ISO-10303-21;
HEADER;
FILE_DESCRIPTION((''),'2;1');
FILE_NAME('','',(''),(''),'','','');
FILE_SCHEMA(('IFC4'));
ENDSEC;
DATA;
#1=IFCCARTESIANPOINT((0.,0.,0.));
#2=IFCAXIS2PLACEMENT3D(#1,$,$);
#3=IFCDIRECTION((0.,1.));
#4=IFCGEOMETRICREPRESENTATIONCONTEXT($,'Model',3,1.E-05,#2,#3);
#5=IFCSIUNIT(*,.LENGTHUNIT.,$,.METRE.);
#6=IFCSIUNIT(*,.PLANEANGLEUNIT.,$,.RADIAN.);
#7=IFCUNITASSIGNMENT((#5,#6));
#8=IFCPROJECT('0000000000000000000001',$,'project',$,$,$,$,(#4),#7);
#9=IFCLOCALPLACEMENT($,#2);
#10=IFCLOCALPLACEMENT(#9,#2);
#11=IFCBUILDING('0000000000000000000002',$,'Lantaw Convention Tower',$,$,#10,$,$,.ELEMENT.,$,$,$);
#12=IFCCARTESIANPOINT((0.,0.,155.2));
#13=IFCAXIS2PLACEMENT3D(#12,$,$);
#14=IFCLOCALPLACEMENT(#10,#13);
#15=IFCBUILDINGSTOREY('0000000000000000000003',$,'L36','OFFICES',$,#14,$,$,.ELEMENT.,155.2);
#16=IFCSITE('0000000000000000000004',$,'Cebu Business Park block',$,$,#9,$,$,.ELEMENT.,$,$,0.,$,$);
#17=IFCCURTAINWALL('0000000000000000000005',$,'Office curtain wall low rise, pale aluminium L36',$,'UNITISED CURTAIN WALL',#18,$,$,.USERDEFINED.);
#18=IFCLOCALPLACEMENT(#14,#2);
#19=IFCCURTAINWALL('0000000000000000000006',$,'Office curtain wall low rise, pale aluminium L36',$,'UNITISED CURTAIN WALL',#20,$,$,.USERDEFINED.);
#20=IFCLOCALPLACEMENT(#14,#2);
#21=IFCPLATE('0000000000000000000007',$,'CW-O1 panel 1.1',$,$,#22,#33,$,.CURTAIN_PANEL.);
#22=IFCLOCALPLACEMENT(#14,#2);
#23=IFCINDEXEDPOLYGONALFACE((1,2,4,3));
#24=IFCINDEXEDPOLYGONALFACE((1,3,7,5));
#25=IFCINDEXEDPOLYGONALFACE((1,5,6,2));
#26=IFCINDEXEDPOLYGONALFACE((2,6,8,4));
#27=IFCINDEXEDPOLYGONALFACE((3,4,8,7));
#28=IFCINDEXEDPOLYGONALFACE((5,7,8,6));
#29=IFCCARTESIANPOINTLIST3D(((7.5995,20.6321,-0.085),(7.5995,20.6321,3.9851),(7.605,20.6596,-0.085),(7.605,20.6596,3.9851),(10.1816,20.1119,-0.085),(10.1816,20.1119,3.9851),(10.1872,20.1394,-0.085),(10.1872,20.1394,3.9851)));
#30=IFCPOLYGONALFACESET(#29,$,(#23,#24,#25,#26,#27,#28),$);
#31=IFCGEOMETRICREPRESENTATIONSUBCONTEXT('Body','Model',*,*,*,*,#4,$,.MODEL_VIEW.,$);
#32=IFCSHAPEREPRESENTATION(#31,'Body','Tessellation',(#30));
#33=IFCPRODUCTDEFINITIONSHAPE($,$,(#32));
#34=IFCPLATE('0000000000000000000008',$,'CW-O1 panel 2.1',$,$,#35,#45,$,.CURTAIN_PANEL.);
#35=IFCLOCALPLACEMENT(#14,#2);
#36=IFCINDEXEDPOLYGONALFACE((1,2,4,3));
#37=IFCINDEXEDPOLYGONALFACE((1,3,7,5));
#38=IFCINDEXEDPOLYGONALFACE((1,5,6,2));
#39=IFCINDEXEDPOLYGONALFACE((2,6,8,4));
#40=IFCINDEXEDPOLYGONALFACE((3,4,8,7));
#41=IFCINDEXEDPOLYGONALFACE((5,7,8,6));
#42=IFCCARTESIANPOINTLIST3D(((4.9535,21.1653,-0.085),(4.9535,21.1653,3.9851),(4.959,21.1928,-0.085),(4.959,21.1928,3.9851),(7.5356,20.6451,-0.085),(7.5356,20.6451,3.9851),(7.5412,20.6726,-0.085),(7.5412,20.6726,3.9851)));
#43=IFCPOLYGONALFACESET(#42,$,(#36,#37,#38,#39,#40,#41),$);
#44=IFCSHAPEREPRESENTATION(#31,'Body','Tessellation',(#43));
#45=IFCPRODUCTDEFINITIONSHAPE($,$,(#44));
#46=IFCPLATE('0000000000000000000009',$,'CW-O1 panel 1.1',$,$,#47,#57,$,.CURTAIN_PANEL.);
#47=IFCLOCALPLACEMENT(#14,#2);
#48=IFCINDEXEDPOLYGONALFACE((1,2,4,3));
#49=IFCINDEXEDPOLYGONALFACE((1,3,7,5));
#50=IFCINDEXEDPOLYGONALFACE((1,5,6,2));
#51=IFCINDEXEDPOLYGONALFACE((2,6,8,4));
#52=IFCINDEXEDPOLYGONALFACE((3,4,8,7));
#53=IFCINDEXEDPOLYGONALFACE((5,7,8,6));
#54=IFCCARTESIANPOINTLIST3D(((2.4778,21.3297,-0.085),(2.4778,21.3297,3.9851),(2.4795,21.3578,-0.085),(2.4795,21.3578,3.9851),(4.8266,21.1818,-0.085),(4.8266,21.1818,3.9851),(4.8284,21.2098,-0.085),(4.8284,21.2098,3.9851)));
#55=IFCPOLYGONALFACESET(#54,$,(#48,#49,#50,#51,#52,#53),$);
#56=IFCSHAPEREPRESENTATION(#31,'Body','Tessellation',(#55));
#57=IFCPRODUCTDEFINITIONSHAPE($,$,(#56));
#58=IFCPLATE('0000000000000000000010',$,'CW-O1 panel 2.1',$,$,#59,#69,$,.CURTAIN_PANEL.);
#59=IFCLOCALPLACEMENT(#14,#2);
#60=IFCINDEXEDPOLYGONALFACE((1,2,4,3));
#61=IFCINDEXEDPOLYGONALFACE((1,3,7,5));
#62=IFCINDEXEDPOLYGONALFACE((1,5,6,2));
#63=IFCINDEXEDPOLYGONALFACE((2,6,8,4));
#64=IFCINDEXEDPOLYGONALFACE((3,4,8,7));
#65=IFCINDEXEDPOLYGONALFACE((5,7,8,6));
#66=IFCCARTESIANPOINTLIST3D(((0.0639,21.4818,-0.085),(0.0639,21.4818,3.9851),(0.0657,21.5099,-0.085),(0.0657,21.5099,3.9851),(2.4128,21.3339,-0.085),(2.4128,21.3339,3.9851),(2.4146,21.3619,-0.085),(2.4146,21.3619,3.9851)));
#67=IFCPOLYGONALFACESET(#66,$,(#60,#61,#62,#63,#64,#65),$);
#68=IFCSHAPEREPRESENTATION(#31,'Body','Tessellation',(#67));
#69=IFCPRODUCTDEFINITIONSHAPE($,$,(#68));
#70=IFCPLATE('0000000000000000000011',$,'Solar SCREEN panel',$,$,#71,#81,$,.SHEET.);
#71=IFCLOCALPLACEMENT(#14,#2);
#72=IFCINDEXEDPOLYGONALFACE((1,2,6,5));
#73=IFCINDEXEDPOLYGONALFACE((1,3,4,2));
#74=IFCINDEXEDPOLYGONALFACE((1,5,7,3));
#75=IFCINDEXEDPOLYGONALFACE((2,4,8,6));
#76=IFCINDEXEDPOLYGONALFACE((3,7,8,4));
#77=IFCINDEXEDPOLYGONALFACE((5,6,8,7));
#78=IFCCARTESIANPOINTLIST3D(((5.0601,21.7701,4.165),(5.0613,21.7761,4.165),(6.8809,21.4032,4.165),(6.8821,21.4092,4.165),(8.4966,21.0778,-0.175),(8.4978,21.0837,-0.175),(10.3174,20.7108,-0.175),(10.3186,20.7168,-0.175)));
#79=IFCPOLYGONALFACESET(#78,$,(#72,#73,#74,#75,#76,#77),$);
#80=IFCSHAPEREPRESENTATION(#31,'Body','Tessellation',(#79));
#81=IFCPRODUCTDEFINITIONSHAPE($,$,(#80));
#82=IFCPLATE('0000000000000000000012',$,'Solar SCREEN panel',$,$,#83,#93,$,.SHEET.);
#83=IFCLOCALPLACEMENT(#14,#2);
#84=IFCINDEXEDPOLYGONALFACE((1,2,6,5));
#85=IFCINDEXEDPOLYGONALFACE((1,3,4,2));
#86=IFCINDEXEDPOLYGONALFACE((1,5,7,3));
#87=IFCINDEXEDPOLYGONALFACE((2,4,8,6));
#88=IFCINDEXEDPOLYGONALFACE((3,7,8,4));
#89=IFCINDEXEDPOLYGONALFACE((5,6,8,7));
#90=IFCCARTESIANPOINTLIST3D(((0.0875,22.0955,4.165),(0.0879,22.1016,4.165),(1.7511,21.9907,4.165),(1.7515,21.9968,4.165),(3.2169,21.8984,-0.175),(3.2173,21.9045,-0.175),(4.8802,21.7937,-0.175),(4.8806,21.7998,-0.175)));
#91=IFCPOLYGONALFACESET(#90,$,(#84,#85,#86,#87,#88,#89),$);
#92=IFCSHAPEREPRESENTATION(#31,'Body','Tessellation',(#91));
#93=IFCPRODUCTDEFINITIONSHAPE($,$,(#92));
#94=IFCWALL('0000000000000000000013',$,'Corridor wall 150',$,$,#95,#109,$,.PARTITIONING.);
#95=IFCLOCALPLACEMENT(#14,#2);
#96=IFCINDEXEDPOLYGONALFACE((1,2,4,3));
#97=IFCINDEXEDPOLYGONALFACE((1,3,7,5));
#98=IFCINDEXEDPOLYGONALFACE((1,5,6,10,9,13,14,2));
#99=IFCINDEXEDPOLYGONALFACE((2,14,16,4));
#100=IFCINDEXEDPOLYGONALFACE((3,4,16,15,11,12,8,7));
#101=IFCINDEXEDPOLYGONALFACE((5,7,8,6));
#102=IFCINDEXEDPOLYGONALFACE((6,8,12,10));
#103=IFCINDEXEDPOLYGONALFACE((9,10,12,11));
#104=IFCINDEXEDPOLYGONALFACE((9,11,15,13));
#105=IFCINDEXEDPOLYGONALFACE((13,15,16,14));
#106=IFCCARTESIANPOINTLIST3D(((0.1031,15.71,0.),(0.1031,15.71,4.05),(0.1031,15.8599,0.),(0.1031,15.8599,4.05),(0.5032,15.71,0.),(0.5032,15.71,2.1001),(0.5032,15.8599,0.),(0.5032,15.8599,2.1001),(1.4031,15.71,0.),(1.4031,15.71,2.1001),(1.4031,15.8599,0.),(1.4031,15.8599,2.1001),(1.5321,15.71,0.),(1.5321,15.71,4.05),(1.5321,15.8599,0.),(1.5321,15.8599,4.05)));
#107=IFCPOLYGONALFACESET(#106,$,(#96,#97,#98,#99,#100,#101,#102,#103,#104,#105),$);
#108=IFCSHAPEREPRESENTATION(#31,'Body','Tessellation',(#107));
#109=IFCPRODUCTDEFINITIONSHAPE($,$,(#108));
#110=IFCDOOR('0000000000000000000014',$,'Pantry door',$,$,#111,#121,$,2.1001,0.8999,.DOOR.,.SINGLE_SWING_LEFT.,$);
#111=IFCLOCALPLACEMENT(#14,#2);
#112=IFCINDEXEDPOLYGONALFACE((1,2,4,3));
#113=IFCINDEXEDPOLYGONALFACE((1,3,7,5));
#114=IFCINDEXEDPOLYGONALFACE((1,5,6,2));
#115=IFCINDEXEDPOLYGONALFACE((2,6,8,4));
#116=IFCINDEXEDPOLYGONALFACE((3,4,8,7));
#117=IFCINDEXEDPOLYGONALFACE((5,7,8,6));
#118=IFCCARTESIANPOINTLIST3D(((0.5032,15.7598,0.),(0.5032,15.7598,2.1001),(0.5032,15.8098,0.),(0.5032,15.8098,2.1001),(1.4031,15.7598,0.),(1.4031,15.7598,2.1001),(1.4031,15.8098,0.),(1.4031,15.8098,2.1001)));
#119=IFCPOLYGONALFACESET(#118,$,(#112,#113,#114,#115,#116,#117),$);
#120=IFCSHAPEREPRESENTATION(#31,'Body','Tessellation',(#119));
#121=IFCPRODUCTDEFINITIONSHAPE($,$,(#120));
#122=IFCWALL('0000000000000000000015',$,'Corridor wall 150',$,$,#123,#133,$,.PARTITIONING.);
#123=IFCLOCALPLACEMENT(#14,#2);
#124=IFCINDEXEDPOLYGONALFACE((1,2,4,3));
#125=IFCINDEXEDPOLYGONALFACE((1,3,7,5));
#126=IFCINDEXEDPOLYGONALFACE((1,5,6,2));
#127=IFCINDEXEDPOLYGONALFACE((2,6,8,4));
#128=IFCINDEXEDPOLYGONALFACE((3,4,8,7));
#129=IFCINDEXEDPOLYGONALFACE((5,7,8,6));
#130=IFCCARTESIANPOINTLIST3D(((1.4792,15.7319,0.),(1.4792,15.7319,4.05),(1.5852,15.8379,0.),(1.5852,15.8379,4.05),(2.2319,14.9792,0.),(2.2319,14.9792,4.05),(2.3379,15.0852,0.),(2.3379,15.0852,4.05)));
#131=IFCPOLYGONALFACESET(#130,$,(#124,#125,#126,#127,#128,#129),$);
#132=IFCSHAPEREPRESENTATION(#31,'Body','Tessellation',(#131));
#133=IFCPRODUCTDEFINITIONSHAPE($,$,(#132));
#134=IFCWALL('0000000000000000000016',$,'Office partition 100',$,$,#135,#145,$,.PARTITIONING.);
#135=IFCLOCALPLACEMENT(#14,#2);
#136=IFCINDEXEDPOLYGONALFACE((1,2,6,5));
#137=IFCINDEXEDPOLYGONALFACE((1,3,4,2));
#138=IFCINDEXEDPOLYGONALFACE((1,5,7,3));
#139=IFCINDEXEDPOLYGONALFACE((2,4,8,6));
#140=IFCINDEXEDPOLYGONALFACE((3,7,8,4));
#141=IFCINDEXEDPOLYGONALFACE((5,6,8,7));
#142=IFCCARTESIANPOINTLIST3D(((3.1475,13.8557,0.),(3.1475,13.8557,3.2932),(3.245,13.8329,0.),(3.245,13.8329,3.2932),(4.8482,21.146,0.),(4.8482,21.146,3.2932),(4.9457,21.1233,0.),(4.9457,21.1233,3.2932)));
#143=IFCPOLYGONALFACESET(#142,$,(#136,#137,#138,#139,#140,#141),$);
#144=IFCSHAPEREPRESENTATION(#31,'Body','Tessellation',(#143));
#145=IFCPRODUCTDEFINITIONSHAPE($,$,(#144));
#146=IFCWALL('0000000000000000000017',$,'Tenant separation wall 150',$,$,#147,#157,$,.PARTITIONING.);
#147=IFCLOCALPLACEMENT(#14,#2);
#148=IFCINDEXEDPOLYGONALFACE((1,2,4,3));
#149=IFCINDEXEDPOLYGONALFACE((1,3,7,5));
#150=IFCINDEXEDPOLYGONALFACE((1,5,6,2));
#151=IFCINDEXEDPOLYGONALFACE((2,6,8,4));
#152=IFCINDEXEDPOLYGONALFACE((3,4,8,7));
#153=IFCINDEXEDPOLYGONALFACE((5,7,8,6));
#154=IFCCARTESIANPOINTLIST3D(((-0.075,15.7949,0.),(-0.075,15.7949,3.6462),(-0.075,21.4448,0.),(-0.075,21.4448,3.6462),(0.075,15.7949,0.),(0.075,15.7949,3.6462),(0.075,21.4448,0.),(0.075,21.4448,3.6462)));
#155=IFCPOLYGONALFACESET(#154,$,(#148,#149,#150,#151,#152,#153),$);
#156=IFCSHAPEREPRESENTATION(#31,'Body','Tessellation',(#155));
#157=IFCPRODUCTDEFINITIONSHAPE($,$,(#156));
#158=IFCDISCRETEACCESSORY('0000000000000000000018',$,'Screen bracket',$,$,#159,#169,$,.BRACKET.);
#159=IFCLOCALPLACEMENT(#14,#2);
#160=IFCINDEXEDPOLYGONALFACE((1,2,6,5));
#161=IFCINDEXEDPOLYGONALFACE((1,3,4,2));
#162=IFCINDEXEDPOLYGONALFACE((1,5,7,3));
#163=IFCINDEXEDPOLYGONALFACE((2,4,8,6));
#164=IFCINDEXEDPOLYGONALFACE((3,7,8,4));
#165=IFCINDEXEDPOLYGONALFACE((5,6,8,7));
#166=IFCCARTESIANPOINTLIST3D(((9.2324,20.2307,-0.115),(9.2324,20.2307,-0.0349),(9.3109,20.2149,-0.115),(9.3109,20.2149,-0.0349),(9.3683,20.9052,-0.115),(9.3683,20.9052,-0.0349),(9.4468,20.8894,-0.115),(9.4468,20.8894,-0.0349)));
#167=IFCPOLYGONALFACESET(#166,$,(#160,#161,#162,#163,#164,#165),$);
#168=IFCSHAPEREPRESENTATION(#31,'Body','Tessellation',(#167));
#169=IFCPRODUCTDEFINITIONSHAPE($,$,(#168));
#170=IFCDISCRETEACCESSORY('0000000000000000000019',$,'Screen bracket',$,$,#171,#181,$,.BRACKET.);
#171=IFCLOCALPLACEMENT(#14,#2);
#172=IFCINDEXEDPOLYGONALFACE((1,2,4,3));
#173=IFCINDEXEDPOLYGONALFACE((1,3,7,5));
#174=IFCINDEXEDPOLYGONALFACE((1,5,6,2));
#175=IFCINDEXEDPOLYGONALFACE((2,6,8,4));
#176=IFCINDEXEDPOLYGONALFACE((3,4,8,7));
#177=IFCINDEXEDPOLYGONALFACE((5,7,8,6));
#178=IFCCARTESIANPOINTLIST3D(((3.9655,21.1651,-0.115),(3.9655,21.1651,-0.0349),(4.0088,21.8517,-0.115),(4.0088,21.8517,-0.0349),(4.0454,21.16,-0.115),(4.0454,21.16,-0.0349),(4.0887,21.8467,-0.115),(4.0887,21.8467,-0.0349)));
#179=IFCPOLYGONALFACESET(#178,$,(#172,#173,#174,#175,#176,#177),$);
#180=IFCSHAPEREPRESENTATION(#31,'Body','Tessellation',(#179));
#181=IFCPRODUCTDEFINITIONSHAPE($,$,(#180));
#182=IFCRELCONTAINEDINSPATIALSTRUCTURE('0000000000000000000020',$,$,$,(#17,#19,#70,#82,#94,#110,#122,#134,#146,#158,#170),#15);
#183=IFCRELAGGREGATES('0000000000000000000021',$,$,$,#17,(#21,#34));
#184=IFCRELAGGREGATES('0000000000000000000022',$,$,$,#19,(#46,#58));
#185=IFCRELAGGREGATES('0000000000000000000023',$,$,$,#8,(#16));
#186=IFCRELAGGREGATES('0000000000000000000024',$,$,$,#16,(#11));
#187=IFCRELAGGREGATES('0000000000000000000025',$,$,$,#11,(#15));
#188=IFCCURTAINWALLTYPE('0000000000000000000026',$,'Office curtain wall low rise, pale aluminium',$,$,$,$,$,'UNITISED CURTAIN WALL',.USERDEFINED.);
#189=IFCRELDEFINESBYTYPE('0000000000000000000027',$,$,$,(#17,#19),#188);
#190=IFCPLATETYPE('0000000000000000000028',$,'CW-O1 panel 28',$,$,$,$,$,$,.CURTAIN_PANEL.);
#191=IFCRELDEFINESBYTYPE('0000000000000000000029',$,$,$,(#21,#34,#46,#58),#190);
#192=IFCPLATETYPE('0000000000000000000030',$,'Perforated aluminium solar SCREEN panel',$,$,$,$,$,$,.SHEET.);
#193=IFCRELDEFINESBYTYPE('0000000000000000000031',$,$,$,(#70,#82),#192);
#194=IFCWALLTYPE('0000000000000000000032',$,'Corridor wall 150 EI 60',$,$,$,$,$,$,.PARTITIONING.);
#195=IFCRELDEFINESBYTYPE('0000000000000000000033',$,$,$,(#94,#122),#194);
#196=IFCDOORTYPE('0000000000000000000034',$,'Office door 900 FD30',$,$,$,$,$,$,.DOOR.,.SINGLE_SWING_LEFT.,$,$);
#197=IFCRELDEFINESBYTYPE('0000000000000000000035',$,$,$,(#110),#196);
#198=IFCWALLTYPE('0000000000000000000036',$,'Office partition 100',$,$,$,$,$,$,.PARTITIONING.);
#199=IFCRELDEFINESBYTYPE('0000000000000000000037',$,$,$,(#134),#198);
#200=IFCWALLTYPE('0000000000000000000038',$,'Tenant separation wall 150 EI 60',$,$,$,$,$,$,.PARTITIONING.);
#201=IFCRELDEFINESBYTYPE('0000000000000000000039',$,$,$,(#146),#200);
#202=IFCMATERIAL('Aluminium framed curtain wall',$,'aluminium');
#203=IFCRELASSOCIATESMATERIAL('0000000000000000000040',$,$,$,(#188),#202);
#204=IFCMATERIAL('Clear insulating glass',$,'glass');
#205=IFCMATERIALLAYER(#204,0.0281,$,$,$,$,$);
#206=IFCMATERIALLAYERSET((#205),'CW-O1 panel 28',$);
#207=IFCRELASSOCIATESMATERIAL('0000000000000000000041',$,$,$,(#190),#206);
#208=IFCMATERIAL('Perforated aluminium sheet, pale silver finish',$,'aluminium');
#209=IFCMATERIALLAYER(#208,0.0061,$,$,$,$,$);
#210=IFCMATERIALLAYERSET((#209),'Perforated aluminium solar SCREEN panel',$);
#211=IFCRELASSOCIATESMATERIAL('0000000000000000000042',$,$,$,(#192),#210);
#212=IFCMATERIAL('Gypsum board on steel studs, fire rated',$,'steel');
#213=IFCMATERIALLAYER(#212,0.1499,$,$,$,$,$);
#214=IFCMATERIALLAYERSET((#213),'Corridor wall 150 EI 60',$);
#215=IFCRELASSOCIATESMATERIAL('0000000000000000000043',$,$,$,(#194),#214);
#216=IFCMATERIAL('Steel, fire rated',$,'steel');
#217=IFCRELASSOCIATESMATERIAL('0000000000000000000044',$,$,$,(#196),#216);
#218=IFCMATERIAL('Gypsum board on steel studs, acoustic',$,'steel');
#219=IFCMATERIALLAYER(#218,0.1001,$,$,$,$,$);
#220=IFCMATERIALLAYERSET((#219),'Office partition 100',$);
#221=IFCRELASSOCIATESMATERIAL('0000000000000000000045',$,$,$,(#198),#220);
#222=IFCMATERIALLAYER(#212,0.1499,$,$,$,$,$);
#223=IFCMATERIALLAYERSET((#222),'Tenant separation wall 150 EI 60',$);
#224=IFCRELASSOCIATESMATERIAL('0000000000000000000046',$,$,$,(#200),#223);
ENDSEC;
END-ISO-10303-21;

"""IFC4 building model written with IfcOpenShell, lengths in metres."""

from ifc_helpers import new_model, si_unit, direction, frame, frame_2d, origin, origin_2d, place, context, subcontext, project, spatial, polyline, rectangle, outline, extrude, material, layer, layer_set, type_object, element, fill, aggregate, save


model = new_model("IFC4")

# Units and contexts
model_context = context("Model", 3, precision=1e-05, world=origin(), true_north=direction((0.0, 1.0)))
body_context = subcontext(model_context, "Body", "Model", "MODEL_VIEW")
ifc_project = project(units=[si_unit("LENGTHUNIT", "METRE"), si_unit("PLANEANGLEUNIT", "RADIAN")], contexts=[model_context])

# Site, building, storey
site_placement = place(None, origin())
site = spatial("IfcSite", under=ifc_project, at=site_placement, Name="Cebu Business Park block", CompositionType="ELEMENT", RefElevation=0.0)
building_placement = place(site_placement, origin())
building = spatial("IfcBuilding", under=site, at=building_placement, Name="Lantaw Convention Tower", CompositionType="ELEMENT")
storey_placement = place(building_placement, frame((0.0, 0.0, 155.2)))
storey = spatial("IfcBuildingStorey", under=building, at=storey_placement, Name="L36", Description="OFFICES", CompositionType="ELEMENT", Elevation=155.2)

# Shared definitions
ifc_material_1 = material(Name="Aluminium framed curtain wall", Category="aluminium")
curtain_wall_type = type_object("IfcCurtainWallType", Name="Office curtain wall low rise, pale aluminium", ElementType="UNITISED CURTAIN WALL", PredefinedType="USERDEFINED", material=ifc_material_1)

# Curtain walls
curtain_wall_1_placement = place(storey_placement, origin())
curtain_wall_1 = element("IfcCurtainWall", 1, at=curtain_wall_1_placement, inside=storey, type_object=curtain_wall_type, Name="Office curtain wall low rise, pale aluminium L36", ObjectType="UNITISED CURTAIN WALL", PredefinedType="USERDEFINED")
curtain_wall_2_placement = place(storey_placement, origin())
curtain_wall_2 = element("IfcCurtainWall", 2, at=curtain_wall_2_placement, inside=storey, type_object=curtain_wall_type, Name="Office curtain wall low rise, pale aluminium L36", ObjectType="UNITISED CURTAIN WALL", PredefinedType="USERDEFINED")

# Plates
ifc_material_2 = material(Name="Clear insulating glass", Category="glass")
ifc_layer_1 = layer(ifc_material_2, 0.0281)
ifc_layer_set_1 = layer_set([ifc_layer_1], Name="CW-O1 panel 28")
plate_type_1 = type_object("IfcPlateType", Name="CW-O1 panel 28", PredefinedType="CURTAIN_PANEL", material=ifc_layer_set_1)
plate_1_placement = place(storey_placement, frame((8.8933, 20.3857, -0.085), z_axis=(0.0, 0.0, 1.0), x_axis=(-0.980302, 0.197507, 0.0)))
plate_1 = element("IfcPlate", 3, at=plate_1_placement, type_object=plate_type_1, Name="CW-O1 panel 1.1", PredefinedType="CURTAIN_PANEL", context=body_context, shape_type="SweptSolid", body=[
    extrude(rectangle(XDim=2.634, YDim=0.0281, at=origin_2d()), origin(), (0.0, 0.0, 1.0), 4.0701),
])
plate_2_placement = place(storey_placement, frame((6.2473, 20.9189, -0.085), z_axis=(0.0, 0.0, 1.0), x_axis=(-0.980302, 0.197507, 0.0)))
plate_2 = element("IfcPlate", 4, at=plate_2_placement, type_object=plate_type_1, Name="CW-O1 panel 2.1", PredefinedType="CURTAIN_PANEL", context=body_context, shape_type="SweptSolid", body=[
    extrude(rectangle(XDim=2.634, YDim=0.0281, at=origin_2d()), origin(), (0.0, 0.0, 1.0), 4.0701),
])
aggregate(curtain_wall_1, [plate_1, plate_2])
plate_3_placement = place(storey_placement, frame((3.6531, 21.2698, -0.085), z_axis=(0.0, 0.0, 1.0), x_axis=(-0.998022, 0.062865, 0.0)))
plate_3 = element("IfcPlate", 5, at=plate_3_placement, type_object=plate_type_1, Name="CW-O1 panel 1.1", PredefinedType="CURTAIN_PANEL", context=body_context, shape_type="SweptSolid", body=[
    extrude(rectangle(XDim=2.3535, YDim=0.0281, at=origin_2d()), origin(), (0.0, 0.0, 1.0), 4.0701),
])
plate_4_placement = place(storey_placement, frame((1.2393, 21.4219, -0.085), z_axis=(0.0, 0.0, 1.0), x_axis=(-0.998022, 0.062865, 0.0)))
plate_4 = element("IfcPlate", 6, at=plate_4_placement, type_object=plate_type_1, Name="CW-O1 panel 2.1", PredefinedType="CURTAIN_PANEL", context=body_context, shape_type="SweptSolid", body=[
    extrude(rectangle(XDim=2.3535, YDim=0.0281, at=origin_2d()), origin(), (0.0, 0.0, 1.0), 4.0701),
])
aggregate(curtain_wall_2, [plate_3, plate_4])

# Plates
ifc_material_3 = material(Name="Perforated aluminium sheet, pale silver finish", Category="aluminium")
ifc_layer_2 = layer(ifc_material_3, 0.0061)
ifc_layer_set_2 = layer_set([ifc_layer_2], Name="Perforated aluminium solar SCREEN panel")
plate_type_2 = type_object("IfcPlateType", Name="Perforated aluminium solar SCREEN panel", PredefinedType="SHEET", material=ifc_layer_set_2)
plate_5_placement = place(storey_placement, frame((10.3186, 20.7168, -0.175), z_axis=(0.197557, 0.980291, 0.000039), x_axis=(-0.980291, 0.197557, 0.0)))
element("IfcPlate", 7, at=plate_5_placement, inside=storey, type_object=plate_type_2, Name="Solar SCREEN panel", PredefinedType="SHEET", context=body_context, shape_type="SweptSolid", body=[
    extrude(outline(polyline([(0.0, 0.0), (1.8574, 0.0), (5.363, 4.3401), (3.5056, 4.3401), (0.0, 0.0)])), origin(), (0.0, 0.0, -1.0), 0.0061),
])
plate_6_placement = place(storey_placement, frame((4.8806, 21.7998, -0.175), z_axis=(0.062839, 0.998024, 0.000002), x_axis=(-0.998024, 0.062839, 0.0)))
element("IfcPlate", 8, at=plate_6_placement, inside=storey, type_object=plate_type_2, Name="Solar SCREEN panel", PredefinedType="SHEET", context=body_context, shape_type="SweptSolid", body=[
    extrude(outline(polyline([(0.0, 0.0), (1.6666, 0.0), (4.8022, 4.3401), (3.1353, 4.3401), (0.0, 0.0)])), origin(), (0.0, 0.0, -1.0), 0.0061),
])

# Wall, opening, door
ifc_material_4 = material(Name="Gypsum board on steel studs, fire rated", Category="steel")
ifc_layer_3 = layer(ifc_material_4, 0.1499)
ifc_layer_set_3 = layer_set([ifc_layer_3], Name="Corridor wall 150 EI 60")
wall_type_1 = type_object("IfcWallType", Name="Corridor wall 150 EI 60", PredefinedType="PARTITIONING", material=ifc_layer_set_3)
wall_1_placement = place(storey_placement, frame((0.1033, 15.7849, 0.0), z_axis=(0.0, 0.0, 1.0), x_axis=(1.0, 0.0, 0.0)))
wall_1 = element("IfcWall", 9, at=wall_1_placement, inside=storey, type_object=wall_type_1, Name="Corridor wall 150", PredefinedType="PARTITIONING", context=body_context, shape_type="SweptSolid", body=[
    extrude(rectangle(XDim=1.429, YDim=0.1499, at=frame_2d((0.7144, 0.0))), origin(), (0.0, 0.0, 1.0), 4.05),
])
opening_placement = place(wall_1_placement, frame((0.3999, 0.0, 0.0)))
opening = element("IfcOpeningElement", 10, at=opening_placement, cuts=wall_1, PredefinedType="OPENING", context=body_context, shape_type="SweptSolid", body=[
    extrude(rectangle(XDim=0.8999, YDim=2.1001, at=frame_2d((0.45, 1.05))), frame((0.0, 0.085, 0.0), z_axis=(0.0, -1.0, 0.0), x_axis=(1.0, 0.0, 0.0)), (0.0, 0.0, 1.0), 0.1699),
])
ifc_material_5 = material(Name="Steel, fire rated", Category="steel")
door_type = type_object("IfcDoorType", Name="Office door 900 FD30", OperationType="SINGLE_SWING_LEFT", PredefinedType="DOOR", material=ifc_material_5)
door_placement = place(opening_placement, origin())
door = element("IfcDoor", 11, at=door_placement, inside=storey, type_object=door_type, Name="Pantry door", OperationType="SINGLE_SWING_LEFT", OverallHeight=2.1001, OverallWidth=0.8999, PredefinedType="DOOR", context=body_context, shape_type="SweptSolid", body=[
    extrude(rectangle(XDim=0.8999, YDim=2.1001, at=frame_2d((0.45, 1.05))), frame((0.0, 0.0249, 0.0), z_axis=(0.0, -1.0, 0.0), x_axis=(1.0, 0.0, 0.0)), (0.0, 0.0, 1.0), 0.05),
])
fill(opening, door)

# Walls
wall_2_placement = place(storey_placement, frame((1.5322, 15.7849, 0.0), z_axis=(0.0, 0.0, 1.0), x_axis=(0.707107, -0.707107, 0.0)))
element("IfcWall", 12, at=wall_2_placement, inside=storey, type_object=wall_type_1, Name="Corridor wall 150", PredefinedType="PARTITIONING", context=body_context, shape_type="SweptSolid", body=[
    extrude(rectangle(XDim=1.0645, YDim=0.1499, at=frame_2d((0.5322, 0.0))), origin(), (0.0, 0.0, 1.0), 4.05),
])
ifc_material_6 = material(Name="Gypsum board on steel studs, acoustic", Category="steel")
ifc_layer_4 = layer(ifc_material_6, 0.1001)
ifc_layer_set_4 = layer_set([ifc_layer_4], Name="Office partition 100")
wall_type_2 = type_object("IfcWallType", Name="Office partition 100", PredefinedType="PARTITIONING", material=ifc_layer_set_4)
wall_3_placement = place(storey_placement, frame((4.897, 21.1348, 0.0), z_axis=(0.0, 0.0, 1.0), x_axis=(-0.227181, -0.973853, 0.0)))
element("IfcWall", 13, at=wall_3_placement, inside=storey, type_object=wall_type_2, Name="Office partition 100", PredefinedType="PARTITIONING", context=body_context, shape_type="SweptSolid", body=[
    extrude(rectangle(XDim=7.4861, YDim=0.1001, at=frame_2d((3.7432, 0.0))), origin(), (0.0, 0.0, 1.0), 3.2932),
])
ifc_layer_5 = layer(ifc_material_4, 0.1499)
ifc_layer_set_5 = layer_set([ifc_layer_5], Name="Tenant separation wall 150 EI 60")
wall_type_3 = type_object("IfcWallType", Name="Tenant separation wall 150 EI 60", PredefinedType="PARTITIONING", material=ifc_layer_set_5)
wall_4_placement = place(storey_placement, frame((0.0, 21.4448, 0.0), z_axis=(0.0, 0.0, 1.0), x_axis=(0.0, -1.0, 0.0)))
element("IfcWall", 14, at=wall_4_placement, inside=storey, type_object=wall_type_3, Name="Tenant separation wall 150", PredefinedType="PARTITIONING", context=body_context, shape_type="SweptSolid", body=[
    extrude(rectangle(XDim=5.6499, YDim=0.1499, at=frame_2d((2.825, 0.0))), origin(), (0.0, 0.0, 1.0), 3.6462),
])

# Discrete accessories
for number, where, z_axis, x_axis, name in (
    (15, (9.3396, 20.5601, -0.115), (0.0, 0.0, 1.0), (-0.980302, 0.197507, 0.0), "Screen bracket"),
    (16, (4.0271, 21.5059, -0.115), (0.0, 0.0, 1.0), (-0.998022, 0.062865, 0.0), "Screen bracket"),
):
    element("IfcDiscreteAccessory", number, at=place(storey_placement, frame(where, z_axis=z_axis, x_axis=x_axis)), inside=storey, Name=name, PredefinedType="BRACKET", context=body_context, shape_type="SweptSolid", body=[
        extrude(rectangle(XDim=0.0801, YDim=0.688, at=origin_2d()), origin(), (0.0, 0.0, 1.0), 0.0801),
    ])

save(model, "model.ifc")
